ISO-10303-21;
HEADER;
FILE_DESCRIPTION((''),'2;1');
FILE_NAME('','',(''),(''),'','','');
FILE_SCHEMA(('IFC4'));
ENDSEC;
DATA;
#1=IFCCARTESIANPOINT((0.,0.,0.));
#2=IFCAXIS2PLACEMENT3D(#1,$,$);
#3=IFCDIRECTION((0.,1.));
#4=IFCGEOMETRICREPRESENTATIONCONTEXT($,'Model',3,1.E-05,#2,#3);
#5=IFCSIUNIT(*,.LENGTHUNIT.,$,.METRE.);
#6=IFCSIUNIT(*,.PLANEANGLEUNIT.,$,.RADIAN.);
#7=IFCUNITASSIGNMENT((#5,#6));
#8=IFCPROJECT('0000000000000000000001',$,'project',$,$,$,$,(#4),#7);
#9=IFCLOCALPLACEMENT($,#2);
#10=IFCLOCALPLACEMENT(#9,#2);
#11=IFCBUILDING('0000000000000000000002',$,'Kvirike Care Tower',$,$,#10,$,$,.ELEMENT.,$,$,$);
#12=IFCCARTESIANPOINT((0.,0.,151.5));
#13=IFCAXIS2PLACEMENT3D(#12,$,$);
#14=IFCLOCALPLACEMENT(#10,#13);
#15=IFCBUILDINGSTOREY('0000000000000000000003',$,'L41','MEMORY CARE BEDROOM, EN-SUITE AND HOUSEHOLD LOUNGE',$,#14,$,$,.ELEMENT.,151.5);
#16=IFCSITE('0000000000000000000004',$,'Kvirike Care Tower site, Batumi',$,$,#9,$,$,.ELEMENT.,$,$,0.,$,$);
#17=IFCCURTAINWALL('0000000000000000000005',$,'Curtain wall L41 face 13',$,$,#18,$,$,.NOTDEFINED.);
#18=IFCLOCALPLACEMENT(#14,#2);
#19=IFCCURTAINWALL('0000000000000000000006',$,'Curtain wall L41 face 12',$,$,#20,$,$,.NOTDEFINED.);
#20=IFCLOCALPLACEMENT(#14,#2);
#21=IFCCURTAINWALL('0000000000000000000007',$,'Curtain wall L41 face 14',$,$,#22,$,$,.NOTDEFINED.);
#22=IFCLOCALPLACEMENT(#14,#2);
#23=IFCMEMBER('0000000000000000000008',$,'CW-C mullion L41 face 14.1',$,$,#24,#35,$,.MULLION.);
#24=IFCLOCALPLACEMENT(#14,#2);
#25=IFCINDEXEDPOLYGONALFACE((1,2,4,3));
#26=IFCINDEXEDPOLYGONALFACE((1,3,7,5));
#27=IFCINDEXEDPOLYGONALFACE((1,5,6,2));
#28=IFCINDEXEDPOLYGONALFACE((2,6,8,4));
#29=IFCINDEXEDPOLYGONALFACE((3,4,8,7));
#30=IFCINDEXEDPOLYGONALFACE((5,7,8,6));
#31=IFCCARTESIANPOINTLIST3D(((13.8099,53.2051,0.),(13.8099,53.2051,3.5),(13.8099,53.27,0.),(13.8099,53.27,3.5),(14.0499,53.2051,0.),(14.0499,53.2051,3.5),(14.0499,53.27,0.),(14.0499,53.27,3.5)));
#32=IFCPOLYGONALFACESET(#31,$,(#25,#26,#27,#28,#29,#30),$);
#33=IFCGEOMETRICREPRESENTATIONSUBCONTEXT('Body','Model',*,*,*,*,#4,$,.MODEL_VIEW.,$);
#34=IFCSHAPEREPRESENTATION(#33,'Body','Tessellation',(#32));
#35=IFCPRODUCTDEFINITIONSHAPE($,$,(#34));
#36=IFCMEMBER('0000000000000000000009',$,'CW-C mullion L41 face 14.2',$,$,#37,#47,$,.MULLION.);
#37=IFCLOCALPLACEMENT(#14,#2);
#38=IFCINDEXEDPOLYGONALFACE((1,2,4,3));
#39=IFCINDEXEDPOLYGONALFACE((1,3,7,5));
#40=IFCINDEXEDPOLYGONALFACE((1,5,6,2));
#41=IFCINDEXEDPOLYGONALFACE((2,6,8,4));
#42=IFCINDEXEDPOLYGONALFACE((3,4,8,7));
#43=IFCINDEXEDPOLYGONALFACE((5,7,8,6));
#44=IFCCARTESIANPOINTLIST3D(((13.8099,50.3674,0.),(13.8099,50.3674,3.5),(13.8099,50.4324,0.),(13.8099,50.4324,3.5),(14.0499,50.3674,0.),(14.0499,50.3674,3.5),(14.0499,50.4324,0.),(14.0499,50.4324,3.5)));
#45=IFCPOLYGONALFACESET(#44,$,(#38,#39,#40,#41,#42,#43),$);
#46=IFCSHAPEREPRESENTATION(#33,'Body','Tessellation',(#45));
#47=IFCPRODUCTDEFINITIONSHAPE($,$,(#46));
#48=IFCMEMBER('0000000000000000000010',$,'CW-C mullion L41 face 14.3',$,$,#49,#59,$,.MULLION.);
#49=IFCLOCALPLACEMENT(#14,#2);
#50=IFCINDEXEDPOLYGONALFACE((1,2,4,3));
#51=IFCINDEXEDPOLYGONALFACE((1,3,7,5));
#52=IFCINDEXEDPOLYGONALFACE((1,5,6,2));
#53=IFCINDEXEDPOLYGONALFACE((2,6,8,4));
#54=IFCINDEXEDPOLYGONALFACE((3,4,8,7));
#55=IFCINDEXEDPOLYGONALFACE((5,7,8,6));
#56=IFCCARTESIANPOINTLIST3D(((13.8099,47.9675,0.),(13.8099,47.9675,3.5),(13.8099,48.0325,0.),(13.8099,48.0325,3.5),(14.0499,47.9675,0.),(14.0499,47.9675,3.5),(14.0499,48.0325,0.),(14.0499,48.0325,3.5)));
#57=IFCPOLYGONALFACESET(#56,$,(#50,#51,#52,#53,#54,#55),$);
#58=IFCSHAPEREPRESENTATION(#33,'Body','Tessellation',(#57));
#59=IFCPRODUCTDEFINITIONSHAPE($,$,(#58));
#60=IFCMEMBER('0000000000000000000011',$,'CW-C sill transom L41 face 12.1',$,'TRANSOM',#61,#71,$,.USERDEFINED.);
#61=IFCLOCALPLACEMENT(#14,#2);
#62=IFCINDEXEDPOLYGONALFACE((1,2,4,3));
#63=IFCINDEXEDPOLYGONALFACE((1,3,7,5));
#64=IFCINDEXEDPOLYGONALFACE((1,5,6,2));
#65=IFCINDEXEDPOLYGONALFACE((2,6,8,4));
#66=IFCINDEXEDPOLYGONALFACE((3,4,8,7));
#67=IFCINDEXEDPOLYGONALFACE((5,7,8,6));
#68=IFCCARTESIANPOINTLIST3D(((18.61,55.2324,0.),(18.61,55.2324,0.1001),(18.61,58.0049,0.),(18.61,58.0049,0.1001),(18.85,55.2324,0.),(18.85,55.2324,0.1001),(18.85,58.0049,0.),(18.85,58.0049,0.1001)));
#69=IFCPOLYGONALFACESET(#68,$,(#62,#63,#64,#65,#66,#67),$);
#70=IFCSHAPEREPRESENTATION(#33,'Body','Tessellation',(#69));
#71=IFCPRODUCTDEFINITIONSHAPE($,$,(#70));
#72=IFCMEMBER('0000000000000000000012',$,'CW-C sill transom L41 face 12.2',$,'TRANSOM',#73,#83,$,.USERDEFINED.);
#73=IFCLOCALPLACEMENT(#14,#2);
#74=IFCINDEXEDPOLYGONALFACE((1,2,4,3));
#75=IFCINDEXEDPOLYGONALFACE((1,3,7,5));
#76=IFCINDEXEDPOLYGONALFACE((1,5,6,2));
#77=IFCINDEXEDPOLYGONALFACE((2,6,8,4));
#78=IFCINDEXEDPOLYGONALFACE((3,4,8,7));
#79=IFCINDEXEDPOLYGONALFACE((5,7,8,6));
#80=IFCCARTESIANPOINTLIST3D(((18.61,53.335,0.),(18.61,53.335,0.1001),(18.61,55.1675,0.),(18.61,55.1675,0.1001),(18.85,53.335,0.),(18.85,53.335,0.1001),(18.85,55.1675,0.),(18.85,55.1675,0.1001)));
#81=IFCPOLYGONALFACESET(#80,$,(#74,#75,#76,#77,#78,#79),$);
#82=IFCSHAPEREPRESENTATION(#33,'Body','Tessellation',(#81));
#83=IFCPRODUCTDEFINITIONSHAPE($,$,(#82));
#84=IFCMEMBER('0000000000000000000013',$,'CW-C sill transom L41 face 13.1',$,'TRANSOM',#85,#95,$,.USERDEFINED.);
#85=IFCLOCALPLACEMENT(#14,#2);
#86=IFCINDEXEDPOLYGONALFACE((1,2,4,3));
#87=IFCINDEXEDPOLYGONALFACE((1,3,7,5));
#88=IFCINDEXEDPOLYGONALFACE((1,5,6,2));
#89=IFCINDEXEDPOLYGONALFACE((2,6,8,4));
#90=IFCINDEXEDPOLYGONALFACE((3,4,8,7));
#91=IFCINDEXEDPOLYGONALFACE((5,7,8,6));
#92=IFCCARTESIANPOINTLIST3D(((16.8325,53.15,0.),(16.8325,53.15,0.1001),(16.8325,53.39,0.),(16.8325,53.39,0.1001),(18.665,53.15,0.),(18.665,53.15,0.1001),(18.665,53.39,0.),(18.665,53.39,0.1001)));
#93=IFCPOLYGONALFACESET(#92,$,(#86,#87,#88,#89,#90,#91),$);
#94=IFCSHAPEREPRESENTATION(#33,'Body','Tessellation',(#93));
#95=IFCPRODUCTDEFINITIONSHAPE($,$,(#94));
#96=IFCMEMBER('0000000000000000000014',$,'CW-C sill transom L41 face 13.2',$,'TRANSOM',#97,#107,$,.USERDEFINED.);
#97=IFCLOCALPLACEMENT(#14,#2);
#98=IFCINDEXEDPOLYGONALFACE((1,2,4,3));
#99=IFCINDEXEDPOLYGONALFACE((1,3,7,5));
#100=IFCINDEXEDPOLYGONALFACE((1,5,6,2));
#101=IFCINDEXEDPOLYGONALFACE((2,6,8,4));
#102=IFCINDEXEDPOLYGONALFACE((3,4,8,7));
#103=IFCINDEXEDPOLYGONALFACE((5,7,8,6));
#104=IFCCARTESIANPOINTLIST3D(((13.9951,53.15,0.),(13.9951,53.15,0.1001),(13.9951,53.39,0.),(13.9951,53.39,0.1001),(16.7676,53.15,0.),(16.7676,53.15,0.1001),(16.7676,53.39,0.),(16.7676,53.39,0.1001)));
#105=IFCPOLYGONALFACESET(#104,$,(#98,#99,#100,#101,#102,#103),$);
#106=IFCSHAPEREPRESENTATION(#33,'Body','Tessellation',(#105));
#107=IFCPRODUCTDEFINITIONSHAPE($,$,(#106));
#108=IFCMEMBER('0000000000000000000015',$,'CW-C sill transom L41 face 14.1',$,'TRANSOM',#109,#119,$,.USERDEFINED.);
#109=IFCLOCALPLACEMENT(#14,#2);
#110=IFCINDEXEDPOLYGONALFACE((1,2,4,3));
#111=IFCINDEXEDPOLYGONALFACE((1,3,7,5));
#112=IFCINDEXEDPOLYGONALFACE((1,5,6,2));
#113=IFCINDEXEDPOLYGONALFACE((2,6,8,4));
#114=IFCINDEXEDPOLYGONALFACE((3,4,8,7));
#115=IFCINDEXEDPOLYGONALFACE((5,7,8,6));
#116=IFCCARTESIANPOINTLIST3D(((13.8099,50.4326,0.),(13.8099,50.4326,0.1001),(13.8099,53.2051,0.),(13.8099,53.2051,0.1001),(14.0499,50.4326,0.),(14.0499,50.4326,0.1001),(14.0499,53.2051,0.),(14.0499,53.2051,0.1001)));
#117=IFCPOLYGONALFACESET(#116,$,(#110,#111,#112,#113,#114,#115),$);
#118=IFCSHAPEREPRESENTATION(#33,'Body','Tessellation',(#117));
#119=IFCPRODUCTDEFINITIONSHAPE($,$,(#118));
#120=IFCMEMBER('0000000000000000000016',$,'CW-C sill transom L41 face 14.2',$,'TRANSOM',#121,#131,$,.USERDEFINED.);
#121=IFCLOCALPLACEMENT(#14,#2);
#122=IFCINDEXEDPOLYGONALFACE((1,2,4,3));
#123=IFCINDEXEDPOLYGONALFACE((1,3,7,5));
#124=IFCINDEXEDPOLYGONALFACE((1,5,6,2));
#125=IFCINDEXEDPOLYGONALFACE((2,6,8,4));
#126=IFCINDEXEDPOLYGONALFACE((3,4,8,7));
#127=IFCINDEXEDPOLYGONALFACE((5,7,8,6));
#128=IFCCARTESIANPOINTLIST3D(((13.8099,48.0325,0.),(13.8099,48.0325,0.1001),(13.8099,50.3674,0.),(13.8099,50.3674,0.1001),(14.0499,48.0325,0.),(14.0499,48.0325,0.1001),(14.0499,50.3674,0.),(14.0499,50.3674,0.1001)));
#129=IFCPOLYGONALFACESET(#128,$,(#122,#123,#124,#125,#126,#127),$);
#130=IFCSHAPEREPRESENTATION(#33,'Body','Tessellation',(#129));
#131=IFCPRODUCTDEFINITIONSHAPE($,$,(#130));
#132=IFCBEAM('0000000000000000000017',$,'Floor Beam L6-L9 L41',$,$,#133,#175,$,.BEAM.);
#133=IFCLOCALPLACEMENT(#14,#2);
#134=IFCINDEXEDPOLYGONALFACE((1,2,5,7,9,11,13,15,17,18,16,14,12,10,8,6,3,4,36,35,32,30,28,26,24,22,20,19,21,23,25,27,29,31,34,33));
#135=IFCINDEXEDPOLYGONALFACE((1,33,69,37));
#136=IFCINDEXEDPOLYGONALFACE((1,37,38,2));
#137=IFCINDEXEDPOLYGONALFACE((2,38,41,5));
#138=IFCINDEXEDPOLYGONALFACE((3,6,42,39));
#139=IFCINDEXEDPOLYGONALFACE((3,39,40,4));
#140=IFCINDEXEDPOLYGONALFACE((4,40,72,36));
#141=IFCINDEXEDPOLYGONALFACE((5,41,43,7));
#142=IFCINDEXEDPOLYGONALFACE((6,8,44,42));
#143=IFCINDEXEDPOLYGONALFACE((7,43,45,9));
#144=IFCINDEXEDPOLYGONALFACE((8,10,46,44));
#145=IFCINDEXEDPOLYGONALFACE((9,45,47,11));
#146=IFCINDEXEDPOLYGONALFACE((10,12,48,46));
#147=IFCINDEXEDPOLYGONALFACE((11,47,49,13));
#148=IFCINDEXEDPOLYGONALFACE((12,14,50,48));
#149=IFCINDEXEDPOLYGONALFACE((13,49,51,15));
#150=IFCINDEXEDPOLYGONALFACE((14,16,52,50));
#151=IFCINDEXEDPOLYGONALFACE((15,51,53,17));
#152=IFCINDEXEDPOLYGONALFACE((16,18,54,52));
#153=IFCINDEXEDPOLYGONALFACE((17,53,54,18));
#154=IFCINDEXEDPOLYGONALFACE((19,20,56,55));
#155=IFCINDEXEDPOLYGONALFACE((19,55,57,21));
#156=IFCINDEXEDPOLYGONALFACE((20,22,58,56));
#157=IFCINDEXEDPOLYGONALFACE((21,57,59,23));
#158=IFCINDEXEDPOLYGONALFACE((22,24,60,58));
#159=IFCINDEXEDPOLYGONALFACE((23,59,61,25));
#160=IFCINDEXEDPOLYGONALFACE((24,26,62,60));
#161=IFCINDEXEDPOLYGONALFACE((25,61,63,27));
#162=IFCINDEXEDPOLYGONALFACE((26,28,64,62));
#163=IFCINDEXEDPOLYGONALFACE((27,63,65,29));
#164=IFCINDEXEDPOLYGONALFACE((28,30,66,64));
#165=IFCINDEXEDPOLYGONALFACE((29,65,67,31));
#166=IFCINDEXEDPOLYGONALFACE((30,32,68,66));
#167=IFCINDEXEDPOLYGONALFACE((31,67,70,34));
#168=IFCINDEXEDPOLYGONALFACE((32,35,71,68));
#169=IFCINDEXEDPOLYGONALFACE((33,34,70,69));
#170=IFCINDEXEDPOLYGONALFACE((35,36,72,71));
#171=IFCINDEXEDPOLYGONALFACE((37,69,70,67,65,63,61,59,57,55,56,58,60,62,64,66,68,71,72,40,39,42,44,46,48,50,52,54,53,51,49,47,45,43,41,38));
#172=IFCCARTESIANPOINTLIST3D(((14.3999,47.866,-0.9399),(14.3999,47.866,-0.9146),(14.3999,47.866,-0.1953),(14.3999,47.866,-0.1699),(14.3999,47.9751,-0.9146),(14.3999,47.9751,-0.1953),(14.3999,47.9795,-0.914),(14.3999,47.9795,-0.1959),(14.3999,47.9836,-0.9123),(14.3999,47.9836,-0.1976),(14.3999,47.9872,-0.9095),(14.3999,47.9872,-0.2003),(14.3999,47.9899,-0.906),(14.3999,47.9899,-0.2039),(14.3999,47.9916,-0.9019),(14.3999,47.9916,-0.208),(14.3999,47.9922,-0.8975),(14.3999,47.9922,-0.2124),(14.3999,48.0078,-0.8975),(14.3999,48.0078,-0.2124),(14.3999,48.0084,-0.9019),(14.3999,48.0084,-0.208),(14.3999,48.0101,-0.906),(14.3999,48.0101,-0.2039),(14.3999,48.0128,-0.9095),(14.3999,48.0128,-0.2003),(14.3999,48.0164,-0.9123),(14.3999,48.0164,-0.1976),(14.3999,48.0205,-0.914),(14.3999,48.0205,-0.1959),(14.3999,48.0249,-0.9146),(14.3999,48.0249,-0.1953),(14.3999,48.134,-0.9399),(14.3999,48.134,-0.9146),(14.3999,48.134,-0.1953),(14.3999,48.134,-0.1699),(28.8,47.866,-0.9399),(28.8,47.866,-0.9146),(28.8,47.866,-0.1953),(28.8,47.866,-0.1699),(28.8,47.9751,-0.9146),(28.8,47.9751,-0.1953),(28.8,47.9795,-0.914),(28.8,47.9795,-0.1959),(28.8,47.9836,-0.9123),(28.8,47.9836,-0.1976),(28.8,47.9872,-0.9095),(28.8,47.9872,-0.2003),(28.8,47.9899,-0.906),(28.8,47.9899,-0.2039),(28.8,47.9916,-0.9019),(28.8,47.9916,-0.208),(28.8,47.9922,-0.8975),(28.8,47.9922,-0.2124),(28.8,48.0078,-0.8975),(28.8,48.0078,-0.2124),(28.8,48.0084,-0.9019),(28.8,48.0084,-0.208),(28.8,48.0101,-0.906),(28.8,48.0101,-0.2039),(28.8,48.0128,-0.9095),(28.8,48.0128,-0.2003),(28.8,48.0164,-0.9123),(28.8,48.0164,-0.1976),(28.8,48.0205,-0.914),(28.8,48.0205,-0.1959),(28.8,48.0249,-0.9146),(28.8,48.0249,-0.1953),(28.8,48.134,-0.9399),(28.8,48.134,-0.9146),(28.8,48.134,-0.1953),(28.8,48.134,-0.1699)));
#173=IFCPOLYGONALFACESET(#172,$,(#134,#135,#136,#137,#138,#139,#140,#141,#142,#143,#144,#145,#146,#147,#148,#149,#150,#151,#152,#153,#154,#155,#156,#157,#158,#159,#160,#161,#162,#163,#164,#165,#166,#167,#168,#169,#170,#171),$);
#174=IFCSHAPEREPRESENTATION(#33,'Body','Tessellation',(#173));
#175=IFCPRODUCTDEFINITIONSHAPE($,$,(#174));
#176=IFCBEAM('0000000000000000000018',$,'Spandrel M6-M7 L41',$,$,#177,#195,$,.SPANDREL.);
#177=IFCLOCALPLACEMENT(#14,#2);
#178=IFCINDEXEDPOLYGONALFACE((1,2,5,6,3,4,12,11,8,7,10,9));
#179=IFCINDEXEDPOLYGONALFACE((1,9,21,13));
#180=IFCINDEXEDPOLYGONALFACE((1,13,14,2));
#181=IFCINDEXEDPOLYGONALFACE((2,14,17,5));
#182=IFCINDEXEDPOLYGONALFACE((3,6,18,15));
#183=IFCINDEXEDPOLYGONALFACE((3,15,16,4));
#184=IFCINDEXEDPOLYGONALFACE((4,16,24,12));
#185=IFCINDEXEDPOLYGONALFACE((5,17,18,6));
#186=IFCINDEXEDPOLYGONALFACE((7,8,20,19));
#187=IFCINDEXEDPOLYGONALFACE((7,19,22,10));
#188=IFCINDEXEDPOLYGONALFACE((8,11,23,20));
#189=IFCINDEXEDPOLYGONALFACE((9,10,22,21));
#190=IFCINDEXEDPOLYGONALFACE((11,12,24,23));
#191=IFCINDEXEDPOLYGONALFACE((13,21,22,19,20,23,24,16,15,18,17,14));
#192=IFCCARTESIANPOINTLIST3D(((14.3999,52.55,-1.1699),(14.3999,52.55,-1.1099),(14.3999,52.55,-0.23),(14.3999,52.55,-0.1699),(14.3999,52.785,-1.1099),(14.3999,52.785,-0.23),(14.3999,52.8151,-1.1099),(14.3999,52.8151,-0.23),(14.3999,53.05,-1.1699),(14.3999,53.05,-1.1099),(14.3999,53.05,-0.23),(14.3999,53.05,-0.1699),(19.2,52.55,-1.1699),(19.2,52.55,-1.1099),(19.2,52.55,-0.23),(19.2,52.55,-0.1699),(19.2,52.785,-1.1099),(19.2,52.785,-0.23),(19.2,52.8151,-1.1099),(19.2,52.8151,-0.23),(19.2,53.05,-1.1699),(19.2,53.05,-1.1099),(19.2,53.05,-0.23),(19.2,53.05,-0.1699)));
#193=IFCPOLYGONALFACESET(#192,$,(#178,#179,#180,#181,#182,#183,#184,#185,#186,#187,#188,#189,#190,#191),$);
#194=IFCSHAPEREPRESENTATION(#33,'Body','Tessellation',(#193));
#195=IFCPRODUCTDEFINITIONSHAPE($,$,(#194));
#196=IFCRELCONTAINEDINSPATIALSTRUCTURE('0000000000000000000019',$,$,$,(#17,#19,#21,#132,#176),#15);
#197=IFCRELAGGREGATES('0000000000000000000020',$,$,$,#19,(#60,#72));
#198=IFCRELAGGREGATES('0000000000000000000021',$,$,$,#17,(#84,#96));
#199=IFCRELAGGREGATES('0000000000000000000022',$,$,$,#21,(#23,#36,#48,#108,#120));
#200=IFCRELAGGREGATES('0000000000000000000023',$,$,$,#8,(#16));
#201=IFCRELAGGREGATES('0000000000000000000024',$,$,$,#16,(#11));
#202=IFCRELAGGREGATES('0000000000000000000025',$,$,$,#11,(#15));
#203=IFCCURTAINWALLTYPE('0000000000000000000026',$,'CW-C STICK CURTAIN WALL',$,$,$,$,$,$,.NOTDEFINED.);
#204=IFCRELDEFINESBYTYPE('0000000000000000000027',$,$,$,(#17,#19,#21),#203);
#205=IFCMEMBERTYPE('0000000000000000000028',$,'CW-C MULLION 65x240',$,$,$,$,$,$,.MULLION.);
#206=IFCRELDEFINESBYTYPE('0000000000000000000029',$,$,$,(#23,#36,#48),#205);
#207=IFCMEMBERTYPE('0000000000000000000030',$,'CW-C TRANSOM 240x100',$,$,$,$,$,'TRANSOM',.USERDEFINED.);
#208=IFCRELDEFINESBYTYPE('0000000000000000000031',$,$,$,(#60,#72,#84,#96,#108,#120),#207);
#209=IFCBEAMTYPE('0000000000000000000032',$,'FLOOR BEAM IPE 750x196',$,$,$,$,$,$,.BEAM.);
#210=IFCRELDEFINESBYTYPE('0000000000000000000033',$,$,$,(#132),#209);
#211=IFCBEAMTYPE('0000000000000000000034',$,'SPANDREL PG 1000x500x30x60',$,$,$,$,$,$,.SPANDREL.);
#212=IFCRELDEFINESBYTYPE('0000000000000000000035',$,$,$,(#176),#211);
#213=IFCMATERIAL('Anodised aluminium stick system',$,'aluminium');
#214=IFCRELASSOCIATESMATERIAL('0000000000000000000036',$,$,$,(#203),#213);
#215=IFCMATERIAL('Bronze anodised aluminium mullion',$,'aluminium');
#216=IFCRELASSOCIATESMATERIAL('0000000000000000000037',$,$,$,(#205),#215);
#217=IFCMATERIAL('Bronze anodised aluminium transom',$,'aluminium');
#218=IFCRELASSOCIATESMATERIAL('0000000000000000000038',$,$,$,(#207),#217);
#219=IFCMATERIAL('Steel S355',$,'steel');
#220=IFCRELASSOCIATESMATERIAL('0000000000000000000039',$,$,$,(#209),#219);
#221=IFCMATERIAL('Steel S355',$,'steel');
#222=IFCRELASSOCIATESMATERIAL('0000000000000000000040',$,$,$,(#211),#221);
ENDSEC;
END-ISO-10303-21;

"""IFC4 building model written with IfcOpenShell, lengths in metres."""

from ifc_helpers import new_model, si_unit, direction, frame, origin, origin_2d, place, context, subcontext, project, spatial, rectangle, i_section, extrude, material, material_profile, profile_set, type_object, element, aggregate, save


model = new_model("IFC4")

# Units and contexts
model_context = context("Model", 3, precision=1e-05, world=origin(), true_north=direction((0.0, 1.0)))
body_context = subcontext(model_context, "Body", "Model", "MODEL_VIEW")
ifc_project = project(units=[si_unit("LENGTHUNIT", "METRE"), si_unit("PLANEANGLEUNIT", "RADIAN")], contexts=[model_context])

# Site, building, storey
site_placement = place(None, origin())
site = spatial("IfcSite", under=ifc_project, at=site_placement, Name="Kvirike Care Tower site, Batumi", CompositionType="ELEMENT", RefElevation=0.0)
building_placement = place(site_placement, origin())
building = spatial("IfcBuilding", under=site, at=building_placement, Name="Kvirike Care Tower", CompositionType="ELEMENT")
storey_placement = place(building_placement, frame((0.0, 0.0, 151.5)))
storey = spatial("IfcBuildingStorey", under=building, at=storey_placement, Name="L41", Description="MEMORY CARE BEDROOM, EN-SUITE AND HOUSEHOLD LOUNGE", CompositionType="ELEMENT", Elevation=151.5)

# Curtain wall
ifc_material_1 = material(Name="Anodised aluminium stick system", Category="aluminium")
curtain_wall_type = type_object("IfcCurtainWallType", Name="CW-C STICK CURTAIN WALL", PredefinedType="NOTDEFINED", material=ifc_material_1)
curtain_wall_1_placement = place(storey_placement, origin())
curtain_wall_1 = element("IfcCurtainWall", 1, at=curtain_wall_1_placement, inside=storey, type_object=curtain_wall_type, Name="Curtain wall L41 face 13", PredefinedType="NOTDEFINED")
ifc_material_2 = material(Name="Bronze anodised aluminium mullion", Category="aluminium")
ifc_material_profile_1 = material_profile(ifc_material_2, rectangle(XDim=0.0649, YDim=0.24, at=origin_2d()), Name="CW-C MULLION 65x240")
ifc_profile_set_1 = profile_set([ifc_material_profile_1], Name="Bronze anodised aluminium mullion")
member_type_1 = type_object("IfcMemberType", Name="CW-C MULLION 65x240", PredefinedType="MULLION", material=ifc_profile_set_1)

# Curtain wall
curtain_wall_2_placement = place(storey_placement, origin())
curtain_wall_2 = element("IfcCurtainWall", 2, at=curtain_wall_2_placement, inside=storey, type_object=curtain_wall_type, Name="Curtain wall L41 face 12", PredefinedType="NOTDEFINED")

# Curtain wall, members
curtain_wall_3_placement = place(storey_placement, origin())
curtain_wall_3 = element("IfcCurtainWall", 3, at=curtain_wall_3_placement, inside=storey, type_object=curtain_wall_type, Name="Curtain wall L41 face 14", PredefinedType="NOTDEFINED")
member_1_placement = place(storey_placement, frame((13.9299, 53.2375, 0.0), z_axis=(0.0, 0.0, 1.0), x_axis=(0.0, -1.0, 0.0)))
member_1 = element("IfcMember", 4, at=member_1_placement, type_object=member_type_1, Name="CW-C mullion L41 face 14.1", PredefinedType="MULLION", context=body_context, shape_type="SweptSolid", body=[
    extrude(rectangle(XDim=0.0649, YDim=0.24, at=origin_2d()), origin(), (0.0, 0.0, 1.0), 3.5),
])
member_2_placement = place(storey_placement, frame((13.9299, 50.3999, 0.0), z_axis=(0.0, 0.0, 1.0), x_axis=(0.0, -1.0, 0.0)))
member_2 = element("IfcMember", 5, at=member_2_placement, type_object=member_type_1, Name="CW-C mullion L41 face 14.2", PredefinedType="MULLION", context=body_context, shape_type="SweptSolid", body=[
    extrude(rectangle(XDim=0.0649, YDim=0.24, at=origin_2d()), origin(), (0.0, 0.0, 1.0), 3.5),
])
member_3_placement = place(storey_placement, frame((13.9299, 48.0, 0.0), z_axis=(0.0, 0.0, 1.0), x_axis=(0.0, -1.0, 0.0)))
member_3 = element("IfcMember", 6, at=member_3_placement, type_object=member_type_1, Name="CW-C mullion L41 face 14.3", PredefinedType="MULLION", context=body_context, shape_type="SweptSolid", body=[
    extrude(rectangle(XDim=0.0649, YDim=0.24, at=origin_2d()), origin(), (0.0, 0.0, 1.0), 3.5),
])

# Members
ifc_material_3 = material(Name="Bronze anodised aluminium transom", Category="aluminium")
ifc_material_profile_2 = material_profile(ifc_material_3, rectangle(XDim=0.24, YDim=0.1001, at=origin_2d()), Name="CW-C TRANSOM 240x100")
ifc_profile_set_2 = profile_set([ifc_material_profile_2], Name="Bronze anodised aluminium transom")
member_type_2 = type_object("IfcMemberType", Name="CW-C TRANSOM 240x100", ElementType="TRANSOM", PredefinedType="USERDEFINED", material=ifc_profile_set_2)
member_4_placement = place(storey_placement, frame((18.73, 58.0049, 0.05), z_axis=(0.0, -1.0, 0.0), x_axis=(1.0, 0.0, 0.0)))
member_4 = element("IfcMember", 7, at=member_4_placement, type_object=member_type_2, Name="CW-C sill transom L41 face 12.1", ObjectType="TRANSOM", PredefinedType="USERDEFINED", context=body_context, shape_type="SweptSolid", body=[
    extrude(rectangle(XDim=0.24, YDim=0.1001, at=origin_2d()), origin(), (0.0, 0.0, 1.0), 2.7725),
])
member_5_placement = place(storey_placement, frame((18.73, 55.1675, 0.05), z_axis=(0.0, -1.0, 0.0), x_axis=(1.0, 0.0, 0.0)))
member_5 = element("IfcMember", 8, at=member_5_placement, type_object=member_type_2, Name="CW-C sill transom L41 face 12.2", ObjectType="TRANSOM", PredefinedType="USERDEFINED", context=body_context, shape_type="SweptSolid", body=[
    extrude(rectangle(XDim=0.24, YDim=0.1001, at=origin_2d()), origin(), (0.0, 0.0, 1.0), 1.8325),
])
member_6_placement = place(storey_placement, frame((18.665, 53.27, 0.05), z_axis=(-1.0, 0.0, 0.0), x_axis=(0.0, -1.0, 0.0)))
member_6 = element("IfcMember", 9, at=member_6_placement, type_object=member_type_2, Name="CW-C sill transom L41 face 13.1", ObjectType="TRANSOM", PredefinedType="USERDEFINED", context=body_context, shape_type="SweptSolid", body=[
    extrude(rectangle(XDim=0.24, YDim=0.1001, at=origin_2d()), origin(), (0.0, 0.0, 1.0), 1.8325),
])
member_7_placement = place(storey_placement, frame((16.7676, 53.27, 0.05), z_axis=(-1.0, 0.0, 0.0), x_axis=(0.0, -1.0, 0.0)))
member_7 = element("IfcMember", 10, at=member_7_placement, type_object=member_type_2, Name="CW-C sill transom L41 face 13.2", ObjectType="TRANSOM", PredefinedType="USERDEFINED", context=body_context, shape_type="SweptSolid", body=[
    extrude(rectangle(XDim=0.24, YDim=0.1001, at=origin_2d()), origin(), (0.0, 0.0, 1.0), 2.7725),
])
member_8_placement = place(storey_placement, frame((13.9299, 53.2051, 0.05), z_axis=(0.0, -1.0, 0.0), x_axis=(1.0, 0.0, 0.0)))
member_8 = element("IfcMember", 11, at=member_8_placement, type_object=member_type_2, Name="CW-C sill transom L41 face 14.1", ObjectType="TRANSOM", PredefinedType="USERDEFINED", context=body_context, shape_type="SweptSolid", body=[
    extrude(rectangle(XDim=0.24, YDim=0.1001, at=origin_2d()), origin(), (0.0, 0.0, 1.0), 2.7725),
])
member_9_placement = place(storey_placement, frame((13.9299, 50.3674, 0.05), z_axis=(0.0, -1.0, 0.0), x_axis=(1.0, 0.0, 0.0)))
member_9 = element("IfcMember", 12, at=member_9_placement, type_object=member_type_2, Name="CW-C sill transom L41 face 14.2", ObjectType="TRANSOM", PredefinedType="USERDEFINED", context=body_context, shape_type="SweptSolid", body=[
    extrude(rectangle(XDim=0.24, YDim=0.1001, at=origin_2d()), origin(), (0.0, 0.0, 1.0), 2.335),
])

# Beams
ifc_material_4 = material(Name="Steel S355", Category="steel")
ifc_material_profile_3 = material_profile(ifc_material_4, i_section(OverallWidth=0.2681, OverallDepth=0.77, WebThickness=0.0156, FlangeThickness=0.0254, FilletRadius=0.0171, at=origin_2d()), Name="IPE 750x196")
ifc_profile_set_3 = profile_set([ifc_material_profile_3], Name="Steel S355")
beam_type_1 = type_object("IfcBeamType", Name="FLOOR BEAM IPE 750x196", PredefinedType="BEAM", material=ifc_profile_set_3)
beam_placement = place(storey_placement, frame((14.3999, 48.0, -0.5549), z_axis=(1.0, 0.0, 0.0), x_axis=(0.0, 1.0, 0.0)))
element("IfcBeam", 13, at=beam_placement, inside=storey, type_object=beam_type_1, Name="Floor Beam L6-L9 L41", PredefinedType="BEAM", context=body_context, shape_type="SweptSolid", body=[
    extrude(i_section(OverallWidth=0.2681, OverallDepth=0.77, WebThickness=0.0156, FlangeThickness=0.0254, FilletRadius=0.0171, at=origin_2d()), origin(), (0.0, 0.0, 1.0), 14.4001),
])
ifc_material_5 = material(Name="Steel S355", Category="steel")
ifc_material_profile_4 = material_profile(ifc_material_5, i_section(OverallWidth=0.5, OverallDepth=1.0, WebThickness=0.03, FlangeThickness=0.0601, at=origin_2d()), Name="PG 1000x500x30x60")
ifc_profile_set_4 = profile_set([ifc_material_profile_4], Name="Steel S355")
beam_type_2 = type_object("IfcBeamType", Name="SPANDREL PG 1000x500x30x60", PredefinedType="SPANDREL", material=ifc_profile_set_4)
for number, where, z_axis, x_axis, name in (
    (14, (14.3999, 52.8, -0.6699), (1.0, 0.0, 0.0), (0.0, 1.0, 0.0), "Spandrel M6-M7 L41"),
):
    element("IfcBeam", number, at=place(storey_placement, frame(where, z_axis=z_axis, x_axis=x_axis)), inside=storey, type_object=beam_type_2, Name=name, PredefinedType="SPANDREL", context=body_context, shape_type="SweptSolid", body=[
        extrude(i_section(OverallWidth=0.5, OverallDepth=1.0, WebThickness=0.03, FlangeThickness=0.0601, at=origin_2d()), origin(), (0.0, 0.0, 1.0), 4.8),
    ])

aggregate(curtain_wall_2, [member_4, member_5])
aggregate(curtain_wall_1, [member_6, member_7])
aggregate(curtain_wall_3, [member_1, member_2, member_3, member_8, member_9])

save(model, "model.ifc")
